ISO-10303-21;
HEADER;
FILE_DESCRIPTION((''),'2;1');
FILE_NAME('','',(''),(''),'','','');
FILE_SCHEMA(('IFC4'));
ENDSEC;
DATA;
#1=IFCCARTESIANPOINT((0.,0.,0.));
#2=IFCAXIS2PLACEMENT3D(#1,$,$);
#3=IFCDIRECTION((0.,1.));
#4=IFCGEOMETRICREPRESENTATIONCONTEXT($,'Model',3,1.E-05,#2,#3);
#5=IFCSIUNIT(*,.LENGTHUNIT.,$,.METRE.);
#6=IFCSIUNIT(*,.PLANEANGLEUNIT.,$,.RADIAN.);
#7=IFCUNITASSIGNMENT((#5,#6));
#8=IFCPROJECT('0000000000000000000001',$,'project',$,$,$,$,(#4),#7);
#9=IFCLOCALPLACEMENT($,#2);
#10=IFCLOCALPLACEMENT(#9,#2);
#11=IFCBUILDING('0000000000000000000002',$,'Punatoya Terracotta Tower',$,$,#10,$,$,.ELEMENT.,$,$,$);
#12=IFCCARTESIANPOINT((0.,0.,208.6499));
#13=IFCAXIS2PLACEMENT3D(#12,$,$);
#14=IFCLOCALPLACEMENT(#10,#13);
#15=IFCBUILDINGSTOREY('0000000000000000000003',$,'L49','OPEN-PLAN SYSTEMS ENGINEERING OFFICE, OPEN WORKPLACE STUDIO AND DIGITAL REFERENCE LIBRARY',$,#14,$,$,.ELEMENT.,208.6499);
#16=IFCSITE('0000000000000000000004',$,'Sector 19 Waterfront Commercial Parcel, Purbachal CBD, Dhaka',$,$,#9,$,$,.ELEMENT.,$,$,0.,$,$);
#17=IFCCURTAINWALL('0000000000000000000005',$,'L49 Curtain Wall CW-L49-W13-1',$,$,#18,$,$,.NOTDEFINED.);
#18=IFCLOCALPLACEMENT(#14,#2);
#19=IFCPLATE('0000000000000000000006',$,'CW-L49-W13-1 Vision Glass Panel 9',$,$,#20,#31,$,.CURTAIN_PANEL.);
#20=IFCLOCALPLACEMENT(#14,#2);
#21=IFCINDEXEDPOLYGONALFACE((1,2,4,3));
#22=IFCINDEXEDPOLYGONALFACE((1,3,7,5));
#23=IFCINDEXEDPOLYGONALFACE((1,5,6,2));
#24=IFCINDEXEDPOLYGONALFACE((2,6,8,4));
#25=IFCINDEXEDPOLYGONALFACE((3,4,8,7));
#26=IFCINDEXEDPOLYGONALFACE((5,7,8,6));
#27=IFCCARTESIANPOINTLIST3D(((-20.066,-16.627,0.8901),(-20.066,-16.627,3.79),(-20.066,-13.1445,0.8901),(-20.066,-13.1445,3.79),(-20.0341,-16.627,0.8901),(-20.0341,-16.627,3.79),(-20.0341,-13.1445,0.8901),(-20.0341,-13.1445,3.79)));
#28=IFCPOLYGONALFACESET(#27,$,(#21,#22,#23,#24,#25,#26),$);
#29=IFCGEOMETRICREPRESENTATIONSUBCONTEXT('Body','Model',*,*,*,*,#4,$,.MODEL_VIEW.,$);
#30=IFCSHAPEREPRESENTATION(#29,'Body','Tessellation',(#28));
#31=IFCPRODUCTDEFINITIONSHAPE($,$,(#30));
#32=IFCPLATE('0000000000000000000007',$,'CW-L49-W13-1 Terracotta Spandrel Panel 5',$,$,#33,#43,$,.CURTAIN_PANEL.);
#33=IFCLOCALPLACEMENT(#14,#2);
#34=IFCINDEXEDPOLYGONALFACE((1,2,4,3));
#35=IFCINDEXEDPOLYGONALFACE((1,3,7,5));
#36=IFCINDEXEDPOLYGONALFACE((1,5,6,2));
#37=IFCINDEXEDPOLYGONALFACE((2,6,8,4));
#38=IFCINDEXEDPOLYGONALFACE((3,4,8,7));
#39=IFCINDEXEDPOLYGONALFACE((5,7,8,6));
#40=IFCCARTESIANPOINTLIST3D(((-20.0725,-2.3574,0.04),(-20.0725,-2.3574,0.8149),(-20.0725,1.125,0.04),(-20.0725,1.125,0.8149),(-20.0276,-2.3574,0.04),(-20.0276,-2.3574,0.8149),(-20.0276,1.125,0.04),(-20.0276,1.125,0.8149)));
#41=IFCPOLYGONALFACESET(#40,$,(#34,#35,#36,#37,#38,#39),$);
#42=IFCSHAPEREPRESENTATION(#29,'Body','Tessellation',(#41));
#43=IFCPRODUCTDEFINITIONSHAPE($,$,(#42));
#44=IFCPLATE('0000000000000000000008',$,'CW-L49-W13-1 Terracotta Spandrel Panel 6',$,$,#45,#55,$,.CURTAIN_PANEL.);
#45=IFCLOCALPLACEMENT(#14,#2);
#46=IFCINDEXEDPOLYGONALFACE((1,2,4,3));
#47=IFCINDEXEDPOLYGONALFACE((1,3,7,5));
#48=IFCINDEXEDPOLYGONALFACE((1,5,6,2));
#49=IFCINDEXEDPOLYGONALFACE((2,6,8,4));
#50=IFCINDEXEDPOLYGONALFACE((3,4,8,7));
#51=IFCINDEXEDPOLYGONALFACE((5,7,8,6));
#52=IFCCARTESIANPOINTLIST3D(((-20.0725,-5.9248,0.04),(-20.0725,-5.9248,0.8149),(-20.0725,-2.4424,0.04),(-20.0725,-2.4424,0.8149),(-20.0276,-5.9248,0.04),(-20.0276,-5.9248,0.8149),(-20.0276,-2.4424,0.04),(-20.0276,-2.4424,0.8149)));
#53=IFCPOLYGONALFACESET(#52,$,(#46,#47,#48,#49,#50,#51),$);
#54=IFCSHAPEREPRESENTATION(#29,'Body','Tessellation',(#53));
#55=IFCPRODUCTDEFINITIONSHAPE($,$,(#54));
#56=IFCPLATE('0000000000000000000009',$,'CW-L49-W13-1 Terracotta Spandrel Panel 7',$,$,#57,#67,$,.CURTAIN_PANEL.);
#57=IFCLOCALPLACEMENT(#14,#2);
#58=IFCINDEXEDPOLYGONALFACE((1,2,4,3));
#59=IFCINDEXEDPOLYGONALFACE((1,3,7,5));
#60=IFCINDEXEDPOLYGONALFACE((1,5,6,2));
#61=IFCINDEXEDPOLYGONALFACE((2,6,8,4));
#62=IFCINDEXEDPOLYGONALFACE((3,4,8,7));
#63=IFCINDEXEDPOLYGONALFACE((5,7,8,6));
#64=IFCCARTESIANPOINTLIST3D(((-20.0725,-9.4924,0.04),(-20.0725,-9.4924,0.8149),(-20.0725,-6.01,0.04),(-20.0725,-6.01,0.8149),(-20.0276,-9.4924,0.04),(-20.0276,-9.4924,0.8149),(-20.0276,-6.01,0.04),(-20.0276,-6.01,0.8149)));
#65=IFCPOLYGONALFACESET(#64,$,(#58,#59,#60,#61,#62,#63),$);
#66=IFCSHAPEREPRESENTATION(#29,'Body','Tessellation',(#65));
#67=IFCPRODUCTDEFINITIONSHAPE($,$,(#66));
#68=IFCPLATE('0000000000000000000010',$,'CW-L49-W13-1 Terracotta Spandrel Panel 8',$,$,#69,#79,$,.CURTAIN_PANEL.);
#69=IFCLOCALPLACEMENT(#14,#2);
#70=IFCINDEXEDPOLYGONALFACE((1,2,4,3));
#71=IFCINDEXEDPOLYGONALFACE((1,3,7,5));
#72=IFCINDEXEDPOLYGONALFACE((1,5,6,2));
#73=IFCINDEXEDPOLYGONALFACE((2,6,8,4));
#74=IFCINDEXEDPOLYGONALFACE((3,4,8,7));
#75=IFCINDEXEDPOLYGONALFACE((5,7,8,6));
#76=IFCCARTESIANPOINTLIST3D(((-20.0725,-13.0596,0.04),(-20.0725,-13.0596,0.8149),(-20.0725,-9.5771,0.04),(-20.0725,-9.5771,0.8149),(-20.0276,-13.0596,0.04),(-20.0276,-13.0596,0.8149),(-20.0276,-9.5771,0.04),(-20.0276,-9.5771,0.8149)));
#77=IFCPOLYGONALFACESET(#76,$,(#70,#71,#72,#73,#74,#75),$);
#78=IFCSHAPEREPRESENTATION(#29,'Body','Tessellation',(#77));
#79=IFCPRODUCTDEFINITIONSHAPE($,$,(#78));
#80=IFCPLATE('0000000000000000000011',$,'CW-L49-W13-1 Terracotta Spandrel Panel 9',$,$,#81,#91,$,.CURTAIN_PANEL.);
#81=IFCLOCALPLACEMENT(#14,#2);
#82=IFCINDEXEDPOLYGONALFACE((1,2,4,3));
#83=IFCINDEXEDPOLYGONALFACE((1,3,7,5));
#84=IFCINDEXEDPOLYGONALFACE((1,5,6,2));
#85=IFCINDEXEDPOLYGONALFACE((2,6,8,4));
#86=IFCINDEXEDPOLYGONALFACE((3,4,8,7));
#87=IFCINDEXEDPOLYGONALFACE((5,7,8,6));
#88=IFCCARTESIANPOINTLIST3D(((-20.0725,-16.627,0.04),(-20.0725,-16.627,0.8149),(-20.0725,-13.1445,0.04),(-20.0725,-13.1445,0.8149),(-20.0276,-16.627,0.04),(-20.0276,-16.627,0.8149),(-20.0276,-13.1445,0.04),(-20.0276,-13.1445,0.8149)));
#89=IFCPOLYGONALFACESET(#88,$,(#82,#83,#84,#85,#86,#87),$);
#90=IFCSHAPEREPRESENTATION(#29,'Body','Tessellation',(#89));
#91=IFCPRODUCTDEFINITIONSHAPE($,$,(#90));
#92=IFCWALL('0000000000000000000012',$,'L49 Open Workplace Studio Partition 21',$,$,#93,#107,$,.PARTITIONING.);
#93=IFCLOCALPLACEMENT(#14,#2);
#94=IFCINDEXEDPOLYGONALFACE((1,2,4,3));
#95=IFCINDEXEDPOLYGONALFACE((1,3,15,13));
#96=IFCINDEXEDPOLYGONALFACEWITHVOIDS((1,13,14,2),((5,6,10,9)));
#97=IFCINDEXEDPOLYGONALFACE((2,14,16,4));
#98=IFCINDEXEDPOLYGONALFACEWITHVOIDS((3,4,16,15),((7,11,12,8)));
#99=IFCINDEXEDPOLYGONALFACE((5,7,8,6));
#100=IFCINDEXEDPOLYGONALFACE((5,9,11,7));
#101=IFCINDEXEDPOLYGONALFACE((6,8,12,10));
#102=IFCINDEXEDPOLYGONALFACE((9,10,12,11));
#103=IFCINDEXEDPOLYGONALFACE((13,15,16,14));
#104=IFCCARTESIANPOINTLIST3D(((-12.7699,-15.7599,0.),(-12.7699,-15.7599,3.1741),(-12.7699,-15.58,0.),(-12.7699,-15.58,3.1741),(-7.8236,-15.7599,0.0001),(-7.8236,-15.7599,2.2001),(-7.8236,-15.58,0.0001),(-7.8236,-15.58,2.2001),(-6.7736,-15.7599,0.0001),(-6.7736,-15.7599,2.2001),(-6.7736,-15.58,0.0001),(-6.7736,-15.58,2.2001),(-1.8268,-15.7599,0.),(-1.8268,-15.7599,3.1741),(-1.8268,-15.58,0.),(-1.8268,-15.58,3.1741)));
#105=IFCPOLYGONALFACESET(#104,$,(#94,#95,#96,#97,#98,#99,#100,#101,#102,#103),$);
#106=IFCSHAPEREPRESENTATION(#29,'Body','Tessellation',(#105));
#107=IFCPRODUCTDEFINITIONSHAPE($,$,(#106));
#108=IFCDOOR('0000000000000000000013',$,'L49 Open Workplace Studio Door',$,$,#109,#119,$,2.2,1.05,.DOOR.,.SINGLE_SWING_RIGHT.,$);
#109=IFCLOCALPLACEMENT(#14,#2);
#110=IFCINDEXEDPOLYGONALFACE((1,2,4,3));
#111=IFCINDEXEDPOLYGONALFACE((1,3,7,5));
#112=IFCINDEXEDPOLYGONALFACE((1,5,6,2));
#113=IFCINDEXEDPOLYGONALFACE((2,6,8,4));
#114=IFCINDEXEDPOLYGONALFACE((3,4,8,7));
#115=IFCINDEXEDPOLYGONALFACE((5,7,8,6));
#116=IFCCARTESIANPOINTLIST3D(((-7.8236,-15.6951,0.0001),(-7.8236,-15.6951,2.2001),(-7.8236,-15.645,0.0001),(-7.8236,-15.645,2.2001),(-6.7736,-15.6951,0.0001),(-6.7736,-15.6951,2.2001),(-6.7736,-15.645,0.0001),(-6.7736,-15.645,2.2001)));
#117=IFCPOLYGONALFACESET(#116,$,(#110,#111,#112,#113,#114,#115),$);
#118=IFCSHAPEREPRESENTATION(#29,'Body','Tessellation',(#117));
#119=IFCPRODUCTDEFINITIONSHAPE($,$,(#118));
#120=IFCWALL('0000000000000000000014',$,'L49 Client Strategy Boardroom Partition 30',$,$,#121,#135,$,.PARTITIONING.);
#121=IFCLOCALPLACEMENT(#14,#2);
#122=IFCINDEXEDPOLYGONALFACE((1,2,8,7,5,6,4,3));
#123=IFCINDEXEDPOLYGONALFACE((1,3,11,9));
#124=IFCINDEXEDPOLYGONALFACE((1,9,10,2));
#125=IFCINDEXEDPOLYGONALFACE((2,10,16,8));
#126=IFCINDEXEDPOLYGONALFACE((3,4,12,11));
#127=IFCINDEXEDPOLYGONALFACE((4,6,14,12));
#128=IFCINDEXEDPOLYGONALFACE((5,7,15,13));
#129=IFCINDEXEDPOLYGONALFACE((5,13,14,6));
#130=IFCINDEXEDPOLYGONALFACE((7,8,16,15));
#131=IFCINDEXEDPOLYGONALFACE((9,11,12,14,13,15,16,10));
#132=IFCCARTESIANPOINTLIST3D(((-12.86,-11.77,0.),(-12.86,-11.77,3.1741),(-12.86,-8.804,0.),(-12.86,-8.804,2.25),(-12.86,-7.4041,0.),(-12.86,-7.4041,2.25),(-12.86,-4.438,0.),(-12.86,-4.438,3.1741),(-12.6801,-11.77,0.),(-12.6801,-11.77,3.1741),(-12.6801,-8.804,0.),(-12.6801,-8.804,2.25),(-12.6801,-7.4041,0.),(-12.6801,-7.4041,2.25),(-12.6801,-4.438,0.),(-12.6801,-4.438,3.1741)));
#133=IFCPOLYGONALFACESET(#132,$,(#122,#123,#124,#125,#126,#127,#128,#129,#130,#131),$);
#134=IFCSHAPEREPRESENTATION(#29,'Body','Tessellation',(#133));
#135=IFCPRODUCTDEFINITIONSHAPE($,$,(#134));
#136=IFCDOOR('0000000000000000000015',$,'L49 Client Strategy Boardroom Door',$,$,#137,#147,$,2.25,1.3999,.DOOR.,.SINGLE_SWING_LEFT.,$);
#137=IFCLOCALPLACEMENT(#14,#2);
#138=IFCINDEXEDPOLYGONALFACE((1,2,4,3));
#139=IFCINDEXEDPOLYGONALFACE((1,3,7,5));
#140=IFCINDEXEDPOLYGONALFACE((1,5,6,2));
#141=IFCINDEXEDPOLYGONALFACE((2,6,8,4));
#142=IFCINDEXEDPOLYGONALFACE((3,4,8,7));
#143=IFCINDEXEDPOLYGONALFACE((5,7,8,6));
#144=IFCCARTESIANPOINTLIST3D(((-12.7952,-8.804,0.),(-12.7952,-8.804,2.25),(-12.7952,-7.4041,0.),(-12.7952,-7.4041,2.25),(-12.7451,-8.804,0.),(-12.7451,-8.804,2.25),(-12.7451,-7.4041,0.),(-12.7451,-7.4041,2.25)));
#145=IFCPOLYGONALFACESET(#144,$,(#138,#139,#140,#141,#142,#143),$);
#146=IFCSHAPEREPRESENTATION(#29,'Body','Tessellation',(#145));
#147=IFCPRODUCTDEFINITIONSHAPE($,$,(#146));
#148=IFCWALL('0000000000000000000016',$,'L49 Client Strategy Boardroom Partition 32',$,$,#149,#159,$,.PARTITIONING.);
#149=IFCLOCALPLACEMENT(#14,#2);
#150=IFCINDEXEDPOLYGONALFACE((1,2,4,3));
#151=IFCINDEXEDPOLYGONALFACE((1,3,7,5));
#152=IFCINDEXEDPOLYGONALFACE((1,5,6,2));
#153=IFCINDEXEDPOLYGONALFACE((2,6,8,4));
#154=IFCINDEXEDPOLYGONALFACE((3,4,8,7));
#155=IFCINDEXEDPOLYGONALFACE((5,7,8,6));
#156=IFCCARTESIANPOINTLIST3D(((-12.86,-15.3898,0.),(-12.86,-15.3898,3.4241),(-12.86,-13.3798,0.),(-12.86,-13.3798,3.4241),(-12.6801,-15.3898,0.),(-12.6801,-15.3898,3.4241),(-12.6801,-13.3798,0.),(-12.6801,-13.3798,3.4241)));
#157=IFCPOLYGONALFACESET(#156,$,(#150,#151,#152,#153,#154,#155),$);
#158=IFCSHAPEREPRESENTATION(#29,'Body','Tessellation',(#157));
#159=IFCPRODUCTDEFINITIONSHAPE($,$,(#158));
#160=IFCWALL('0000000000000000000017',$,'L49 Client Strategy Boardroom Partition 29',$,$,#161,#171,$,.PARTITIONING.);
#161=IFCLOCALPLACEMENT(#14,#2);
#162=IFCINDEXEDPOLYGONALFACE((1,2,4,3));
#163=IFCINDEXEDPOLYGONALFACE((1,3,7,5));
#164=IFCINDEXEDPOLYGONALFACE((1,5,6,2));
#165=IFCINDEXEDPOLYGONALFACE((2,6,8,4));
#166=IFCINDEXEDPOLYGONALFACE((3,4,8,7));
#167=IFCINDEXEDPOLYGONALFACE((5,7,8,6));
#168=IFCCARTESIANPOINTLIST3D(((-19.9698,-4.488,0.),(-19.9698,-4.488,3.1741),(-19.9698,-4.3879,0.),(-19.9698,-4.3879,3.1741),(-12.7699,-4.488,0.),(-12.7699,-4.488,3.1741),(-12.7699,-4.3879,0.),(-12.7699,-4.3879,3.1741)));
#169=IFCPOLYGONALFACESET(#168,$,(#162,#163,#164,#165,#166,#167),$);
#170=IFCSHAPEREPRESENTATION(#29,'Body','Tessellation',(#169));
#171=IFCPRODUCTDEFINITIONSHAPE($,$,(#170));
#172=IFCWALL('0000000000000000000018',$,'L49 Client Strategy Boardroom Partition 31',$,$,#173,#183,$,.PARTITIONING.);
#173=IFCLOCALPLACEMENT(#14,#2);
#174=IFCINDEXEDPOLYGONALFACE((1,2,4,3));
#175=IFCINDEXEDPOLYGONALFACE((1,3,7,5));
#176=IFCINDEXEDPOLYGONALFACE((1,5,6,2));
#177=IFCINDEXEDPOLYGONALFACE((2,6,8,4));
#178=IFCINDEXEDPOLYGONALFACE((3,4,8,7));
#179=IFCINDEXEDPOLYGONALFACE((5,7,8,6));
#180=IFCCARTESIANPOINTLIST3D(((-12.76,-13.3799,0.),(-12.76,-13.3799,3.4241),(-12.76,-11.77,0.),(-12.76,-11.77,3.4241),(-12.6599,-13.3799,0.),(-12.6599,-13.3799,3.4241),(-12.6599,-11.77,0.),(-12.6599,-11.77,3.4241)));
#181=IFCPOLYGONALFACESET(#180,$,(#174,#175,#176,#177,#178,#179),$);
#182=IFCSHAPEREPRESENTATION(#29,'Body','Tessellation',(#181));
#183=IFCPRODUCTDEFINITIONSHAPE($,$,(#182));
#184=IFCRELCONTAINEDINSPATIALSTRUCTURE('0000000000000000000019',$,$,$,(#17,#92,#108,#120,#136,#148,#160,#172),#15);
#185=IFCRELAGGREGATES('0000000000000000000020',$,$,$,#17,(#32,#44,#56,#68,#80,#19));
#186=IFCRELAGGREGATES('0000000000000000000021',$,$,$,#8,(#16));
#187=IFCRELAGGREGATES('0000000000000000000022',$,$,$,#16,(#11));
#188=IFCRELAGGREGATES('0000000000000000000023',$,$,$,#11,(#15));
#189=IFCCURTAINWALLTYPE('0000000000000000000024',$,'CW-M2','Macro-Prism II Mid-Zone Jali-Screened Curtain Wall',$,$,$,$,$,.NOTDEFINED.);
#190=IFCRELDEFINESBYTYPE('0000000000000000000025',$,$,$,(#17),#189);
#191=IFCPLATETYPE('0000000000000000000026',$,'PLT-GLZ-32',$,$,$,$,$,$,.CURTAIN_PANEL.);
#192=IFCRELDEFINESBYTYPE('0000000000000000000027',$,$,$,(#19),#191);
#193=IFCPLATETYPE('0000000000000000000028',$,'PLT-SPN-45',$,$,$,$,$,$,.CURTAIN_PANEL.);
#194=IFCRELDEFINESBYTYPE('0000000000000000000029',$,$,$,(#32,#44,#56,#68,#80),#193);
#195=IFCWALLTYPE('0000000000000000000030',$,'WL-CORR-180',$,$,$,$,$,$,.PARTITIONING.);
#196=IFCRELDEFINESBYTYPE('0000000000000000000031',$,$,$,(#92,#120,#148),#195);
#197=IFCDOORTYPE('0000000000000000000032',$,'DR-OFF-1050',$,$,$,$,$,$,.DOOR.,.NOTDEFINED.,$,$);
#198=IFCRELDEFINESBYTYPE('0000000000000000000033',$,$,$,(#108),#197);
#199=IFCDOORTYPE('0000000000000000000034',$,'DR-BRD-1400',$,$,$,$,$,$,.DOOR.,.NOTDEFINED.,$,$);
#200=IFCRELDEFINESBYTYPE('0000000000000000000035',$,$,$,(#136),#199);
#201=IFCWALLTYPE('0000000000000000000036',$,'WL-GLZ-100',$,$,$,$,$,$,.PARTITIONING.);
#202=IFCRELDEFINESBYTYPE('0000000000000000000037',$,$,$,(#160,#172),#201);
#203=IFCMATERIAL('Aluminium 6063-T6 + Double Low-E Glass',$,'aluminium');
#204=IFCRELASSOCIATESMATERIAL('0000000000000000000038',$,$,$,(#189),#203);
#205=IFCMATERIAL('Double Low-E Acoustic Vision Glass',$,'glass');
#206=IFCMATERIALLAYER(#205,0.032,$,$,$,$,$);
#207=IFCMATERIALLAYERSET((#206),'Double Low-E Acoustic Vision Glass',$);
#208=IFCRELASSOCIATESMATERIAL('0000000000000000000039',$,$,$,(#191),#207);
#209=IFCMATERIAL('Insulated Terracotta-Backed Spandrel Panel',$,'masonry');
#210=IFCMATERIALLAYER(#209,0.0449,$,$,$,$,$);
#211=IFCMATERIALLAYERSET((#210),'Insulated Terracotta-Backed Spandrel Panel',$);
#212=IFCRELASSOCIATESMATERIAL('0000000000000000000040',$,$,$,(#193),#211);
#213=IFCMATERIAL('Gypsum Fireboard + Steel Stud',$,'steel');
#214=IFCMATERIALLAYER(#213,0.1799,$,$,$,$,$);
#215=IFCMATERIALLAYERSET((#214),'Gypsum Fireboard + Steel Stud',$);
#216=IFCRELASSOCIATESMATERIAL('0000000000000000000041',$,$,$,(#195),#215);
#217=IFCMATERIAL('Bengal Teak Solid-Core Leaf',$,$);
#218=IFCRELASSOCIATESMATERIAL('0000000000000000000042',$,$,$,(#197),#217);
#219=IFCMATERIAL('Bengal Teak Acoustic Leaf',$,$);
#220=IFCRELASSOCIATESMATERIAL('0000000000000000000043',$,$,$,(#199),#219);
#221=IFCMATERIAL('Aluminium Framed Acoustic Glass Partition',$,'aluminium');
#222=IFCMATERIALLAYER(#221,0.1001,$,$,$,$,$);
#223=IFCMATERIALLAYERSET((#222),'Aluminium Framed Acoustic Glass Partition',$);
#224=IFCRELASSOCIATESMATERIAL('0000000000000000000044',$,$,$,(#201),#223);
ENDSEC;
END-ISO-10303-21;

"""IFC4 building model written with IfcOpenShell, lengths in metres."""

from ifc_helpers import new_model, si_unit, direction, frame, frame_2d, origin, origin_2d, place, context, subcontext, project, spatial, rectangle, extrude, material, layer, layer_set, type_object, element, fill, aggregate, save


model = new_model("IFC4")

# Units and contexts
model_context = context("Model", 3, precision=1e-05, world=origin(), true_north=direction((0.0, 1.0)))
body_context = subcontext(model_context, "Body", "Model", "MODEL_VIEW")
ifc_project = project(units=[si_unit("LENGTHUNIT", "METRE"), si_unit("PLANEANGLEUNIT", "RADIAN")], contexts=[model_context])

# Site, building, storey
site_placement = place(None, origin())
site = spatial("IfcSite", under=ifc_project, at=site_placement, Name="Sector 19 Waterfront Commercial Parcel, Purbachal CBD, Dhaka", CompositionType="ELEMENT", RefElevation=0.0)
building_placement = place(site_placement, origin())
building = spatial("IfcBuilding", under=site, at=building_placement, Name="Punatoya Terracotta Tower", CompositionType="ELEMENT")
storey_placement = place(building_placement, frame((0.0, 0.0, 208.6499)))
storey = spatial("IfcBuildingStorey", under=building, at=storey_placement, Name="L49", Description="OPEN-PLAN SYSTEMS ENGINEERING OFFICE, OPEN WORKPLACE STUDIO AND DIGITAL REFERENCE LIBRARY", CompositionType="ELEMENT", Elevation=208.6499)

# Curtain wall, plates
ifc_material_1 = material(Name="Aluminium 6063-T6 + Double Low-E Glass", Category="aluminium")
curtain_wall_type = type_object("IfcCurtainWallType", Name="CW-M2", Description="Macro-Prism II Mid-Zone Jali-Screened Curtain Wall", PredefinedType="NOTDEFINED", material=ifc_material_1)
curtain_wall_placement = place(storey_placement, origin())
curtain_wall = element("IfcCurtainWall", 1, at=curtain_wall_placement, inside=storey, type_object=curtain_wall_type, Name="L49 Curtain Wall CW-L49-W13-1", PredefinedType="NOTDEFINED")
ifc_material_2 = material(Name="Double Low-E Acoustic Vision Glass", Category="glass")
ifc_layer_1 = layer(ifc_material_2, 0.032)
ifc_layer_set_1 = layer_set([ifc_layer_1], Name="Double Low-E Acoustic Vision Glass")
plate_type_1 = type_object("IfcPlateType", Name="PLT-GLZ-32", PredefinedType="CURTAIN_PANEL", material=ifc_layer_set_1)
plate_1_placement = place(storey_placement, frame((-20.05, -14.8857, 0.8901), z_axis=(0.0, 0.0, 1.0), x_axis=(0.0, -1.0, 0.0)))
plate_1 = element("IfcPlate", 2, at=plate_1_placement, type_object=plate_type_1, Name="CW-L49-W13-1 Vision Glass Panel 9", PredefinedType="CURTAIN_PANEL", context=body_context, shape_type="SweptSolid", body=[
    extrude(rectangle(XDim=3.4824, YDim=0.032, at=origin_2d()), origin(), (0.0, 0.0, 1.0), 2.8999),
])
ifc_material_3 = material(Name="Insulated Terracotta-Backed Spandrel Panel", Category="masonry")
ifc_layer_2 = layer(ifc_material_3, 0.0449)
ifc_layer_set_2 = layer_set([ifc_layer_2], Name="Insulated Terracotta-Backed Spandrel Panel")
plate_type_2 = type_object("IfcPlateType", Name="PLT-SPN-45", PredefinedType="CURTAIN_PANEL", material=ifc_layer_set_2)
plate_2_placement = place(storey_placement, frame((-20.05, -0.6162, 0.04), z_axis=(0.0, 0.0, 1.0), x_axis=(0.0, -1.0, 0.0)))
plate_2 = element("IfcPlate", 3, at=plate_2_placement, type_object=plate_type_2, Name="CW-L49-W13-1 Terracotta Spandrel Panel 5", PredefinedType="CURTAIN_PANEL", context=body_context, shape_type="SweptSolid", body=[
    extrude(rectangle(XDim=3.4824, YDim=0.0449, at=origin_2d()), origin(), (0.0, 0.0, 1.0), 0.7749),
])
plate_3_placement = place(storey_placement, frame((-20.05, -4.1836, 0.04), z_axis=(0.0, 0.0, 1.0), x_axis=(0.0, -1.0, 0.0)))
plate_3 = element("IfcPlate", 4, at=plate_3_placement, type_object=plate_type_2, Name="CW-L49-W13-1 Terracotta Spandrel Panel 6", PredefinedType="CURTAIN_PANEL", context=body_context, shape_type="SweptSolid", body=[
    extrude(rectangle(XDim=3.4824, YDim=0.0449, at=origin_2d()), origin(), (0.0, 0.0, 1.0), 0.7749),
])
plate_4_placement = place(storey_placement, frame((-20.05, -7.7512, 0.04), z_axis=(0.0, 0.0, 1.0), x_axis=(0.0, -1.0, 0.0)))
plate_4 = element("IfcPlate", 5, at=plate_4_placement, type_object=plate_type_2, Name="CW-L49-W13-1 Terracotta Spandrel Panel 7", PredefinedType="CURTAIN_PANEL", context=body_context, shape_type="SweptSolid", body=[
    extrude(rectangle(XDim=3.4824, YDim=0.0449, at=origin_2d()), origin(), (0.0, 0.0, 1.0), 0.7749),
])
plate_5_placement = place(storey_placement, frame((-20.05, -11.3184, 0.04), z_axis=(0.0, 0.0, 1.0), x_axis=(0.0, -1.0, 0.0)))
plate_5 = element("IfcPlate", 6, at=plate_5_placement, type_object=plate_type_2, Name="CW-L49-W13-1 Terracotta Spandrel Panel 8", PredefinedType="CURTAIN_PANEL", context=body_context, shape_type="SweptSolid", body=[
    extrude(rectangle(XDim=3.4824, YDim=0.0449, at=origin_2d()), origin(), (0.0, 0.0, 1.0), 0.7749),
])
plate_6_placement = place(storey_placement, frame((-20.05, -14.8857, 0.04), z_axis=(0.0, 0.0, 1.0), x_axis=(0.0, -1.0, 0.0)))
plate_6 = element("IfcPlate", 7, at=plate_6_placement, type_object=plate_type_2, Name="CW-L49-W13-1 Terracotta Spandrel Panel 9", PredefinedType="CURTAIN_PANEL", context=body_context, shape_type="SweptSolid", body=[
    extrude(rectangle(XDim=3.4824, YDim=0.0449, at=origin_2d()), origin(), (0.0, 0.0, 1.0), 0.7749),
])
aggregate(curtain_wall, [plate_2, plate_3, plate_4, plate_5, plate_6, plate_1])

# Walls, openings, doors
ifc_material_4 = material(Name="Gypsum Fireboard + Steel Stud", Category="steel")
ifc_layer_3 = layer(ifc_material_4, 0.1799)
ifc_layer_set_3 = layer_set([ifc_layer_3], Name="Gypsum Fireboard + Steel Stud")
wall_type_1 = type_object("IfcWallType", Name="WL-CORR-180", PredefinedType="PARTITIONING", material=ifc_layer_set_3)
wall_1_placement = place(storey_placement, frame((-12.77, -15.6699, 0.0), z_axis=(0.0, 0.0, 1.0), x_axis=(1.0, 0.0, 0.0)))
wall_1 = element("IfcWall", 8, at=wall_1_placement, inside=storey, type_object=wall_type_1, Name="L49 Open Workplace Studio Partition 21", PredefinedType="PARTITIONING", context=body_context, shape_type="SweptSolid", body=[
    extrude(rectangle(XDim=10.9431, YDim=0.1799, at=frame_2d((5.4717, 0.0))), origin(), (0.0, 0.0, 1.0), 3.1741),
])
opening_1_placement = place(wall_1_placement, frame((4.9465, 0.0, 0.0)))
opening_1 = element("IfcOpeningElement", 9, at=opening_1_placement, cuts=wall_1, PredefinedType="OPENING", context=body_context, shape_type="SweptSolid", body=[
    extrude(rectangle(XDim=1.05, YDim=2.2, at=frame_2d((0.5249, 1.1001))), frame((0.0, 0.0999, 0.0), z_axis=(0.0, -1.0, 0.0), x_axis=(1.0, 0.0, 0.0)), (0.0, 0.0, 1.0), 0.2),
])
ifc_material_5 = material(Name="Bengal Teak Solid-Core Leaf")
door_type_1 = type_object("IfcDoorType", Name="DR-OFF-1050", OperationType="NOTDEFINED", PredefinedType="DOOR", material=ifc_material_5)
door_1_placement = place(opening_1_placement, origin())
door_1 = element("IfcDoor", 10, at=door_1_placement, inside=storey, type_object=door_type_1, Name="L49 Open Workplace Studio Door", OperationType="SINGLE_SWING_RIGHT", OverallHeight=2.2, OverallWidth=1.05, PredefinedType="DOOR", context=body_context, shape_type="SweptSolid", body=[
    extrude(rectangle(XDim=1.05, YDim=2.2, at=frame_2d((0.5249, 1.1001))), frame((0.0, 0.0249, 0.0), z_axis=(0.0, -1.0, 0.0), x_axis=(1.0, 0.0, 0.0)), (0.0, 0.0, 1.0), 0.05),
])
fill(opening_1, door_1)
wall_2_placement = place(storey_placement, frame((-12.77, -4.438, 0.0), z_axis=(0.0, 0.0, 1.0), x_axis=(0.0, -1.0, 0.0)))
wall_2 = element("IfcWall", 11, at=wall_2_placement, inside=storey, type_object=wall_type_1, Name="L49 Client Strategy Boardroom Partition 30", PredefinedType="PARTITIONING", context=body_context, shape_type="SweptSolid", body=[
    extrude(rectangle(XDim=7.332, YDim=0.1799, at=frame_2d((3.666, 0.0))), origin(), (0.0, 0.0, 1.0), 3.1741),
])
opening_2_placement = place(wall_2_placement, frame((2.9661, 0.0, 0.0)))
opening_2 = element("IfcOpeningElement", 12, at=opening_2_placement, cuts=wall_2, PredefinedType="OPENING", context=body_context, shape_type="SweptSolid", body=[
    extrude(rectangle(XDim=1.3999, YDim=2.25, at=frame_2d((0.7, 1.125))), frame((0.0, 0.0999, 0.0), z_axis=(0.0, -1.0, 0.0), x_axis=(1.0, 0.0, 0.0)), (0.0, 0.0, 1.0), 0.2),
])
ifc_material_6 = material(Name="Bengal Teak Acoustic Leaf")
door_type_2 = type_object("IfcDoorType", Name="DR-BRD-1400", OperationType="NOTDEFINED", PredefinedType="DOOR", material=ifc_material_6)
door_2_placement = place(opening_2_placement, origin())
door_2 = element("IfcDoor", 13, at=door_2_placement, inside=storey, type_object=door_type_2, Name="L49 Client Strategy Boardroom Door", OperationType="SINGLE_SWING_LEFT", OverallHeight=2.25, OverallWidth=1.3999, PredefinedType="DOOR", context=body_context, shape_type="SweptSolid", body=[
    extrude(rectangle(XDim=1.3999, YDim=2.25, at=frame_2d((0.7, 1.125))), frame((0.0, 0.0249, 0.0), z_axis=(0.0, -1.0, 0.0), x_axis=(1.0, 0.0, 0.0)), (0.0, 0.0, 1.0), 0.05),
])
fill(opening_2, door_2)

# Walls
wall_3_placement = place(storey_placement, frame((-12.77, -13.3799, 0.0), z_axis=(0.0, 0.0, 1.0), x_axis=(0.0, -1.0, 0.0)))
element("IfcWall", 14, at=wall_3_placement, inside=storey, type_object=wall_type_1, Name="L49 Client Strategy Boardroom Partition 32", PredefinedType="PARTITIONING", context=body_context, shape_type="SweptSolid", body=[
    extrude(rectangle(XDim=2.01, YDim=0.1799, at=frame_2d((1.0049, 0.0))), origin(), (0.0, 0.0, 1.0), 3.4241),
])
ifc_material_7 = material(Name="Aluminium Framed Acoustic Glass Partition", Category="aluminium")
ifc_layer_4 = layer(ifc_material_7, 0.1001)
ifc_layer_set_4 = layer_set([ifc_layer_4], Name="Aluminium Framed Acoustic Glass Partition")
wall_type_2 = type_object("IfcWallType", Name="WL-GLZ-100", PredefinedType="PARTITIONING", material=ifc_layer_set_4)
wall_4_placement = place(storey_placement, frame((-19.97, -4.438, 0.0), z_axis=(0.0, 0.0, 1.0), x_axis=(1.0, 0.0, 0.0)))
element("IfcWall", 15, at=wall_4_placement, inside=storey, type_object=wall_type_2, Name="L49 Client Strategy Boardroom Partition 29", PredefinedType="PARTITIONING", context=body_context, shape_type="SweptSolid", body=[
    extrude(rectangle(XDim=7.2, YDim=0.1001, at=frame_2d((3.6001, 0.0))), origin(), (0.0, 0.0, 1.0), 3.1741),
])
wall_5_placement = place(storey_placement, frame((-12.71, -11.77, 0.0), z_axis=(0.0, 0.0, 1.0), x_axis=(0.0, -1.0, 0.0)))
element("IfcWall", 16, at=wall_5_placement, inside=storey, type_object=wall_type_2, Name="L49 Client Strategy Boardroom Partition 31", PredefinedType="PARTITIONING", context=body_context, shape_type="SweptSolid", body=[
    extrude(rectangle(XDim=1.6099, YDim=0.1001, at=frame_2d((0.8049, 0.0))), origin(), (0.0, 0.0, 1.0), 3.4241),
])

save(model, "model.ifc")
